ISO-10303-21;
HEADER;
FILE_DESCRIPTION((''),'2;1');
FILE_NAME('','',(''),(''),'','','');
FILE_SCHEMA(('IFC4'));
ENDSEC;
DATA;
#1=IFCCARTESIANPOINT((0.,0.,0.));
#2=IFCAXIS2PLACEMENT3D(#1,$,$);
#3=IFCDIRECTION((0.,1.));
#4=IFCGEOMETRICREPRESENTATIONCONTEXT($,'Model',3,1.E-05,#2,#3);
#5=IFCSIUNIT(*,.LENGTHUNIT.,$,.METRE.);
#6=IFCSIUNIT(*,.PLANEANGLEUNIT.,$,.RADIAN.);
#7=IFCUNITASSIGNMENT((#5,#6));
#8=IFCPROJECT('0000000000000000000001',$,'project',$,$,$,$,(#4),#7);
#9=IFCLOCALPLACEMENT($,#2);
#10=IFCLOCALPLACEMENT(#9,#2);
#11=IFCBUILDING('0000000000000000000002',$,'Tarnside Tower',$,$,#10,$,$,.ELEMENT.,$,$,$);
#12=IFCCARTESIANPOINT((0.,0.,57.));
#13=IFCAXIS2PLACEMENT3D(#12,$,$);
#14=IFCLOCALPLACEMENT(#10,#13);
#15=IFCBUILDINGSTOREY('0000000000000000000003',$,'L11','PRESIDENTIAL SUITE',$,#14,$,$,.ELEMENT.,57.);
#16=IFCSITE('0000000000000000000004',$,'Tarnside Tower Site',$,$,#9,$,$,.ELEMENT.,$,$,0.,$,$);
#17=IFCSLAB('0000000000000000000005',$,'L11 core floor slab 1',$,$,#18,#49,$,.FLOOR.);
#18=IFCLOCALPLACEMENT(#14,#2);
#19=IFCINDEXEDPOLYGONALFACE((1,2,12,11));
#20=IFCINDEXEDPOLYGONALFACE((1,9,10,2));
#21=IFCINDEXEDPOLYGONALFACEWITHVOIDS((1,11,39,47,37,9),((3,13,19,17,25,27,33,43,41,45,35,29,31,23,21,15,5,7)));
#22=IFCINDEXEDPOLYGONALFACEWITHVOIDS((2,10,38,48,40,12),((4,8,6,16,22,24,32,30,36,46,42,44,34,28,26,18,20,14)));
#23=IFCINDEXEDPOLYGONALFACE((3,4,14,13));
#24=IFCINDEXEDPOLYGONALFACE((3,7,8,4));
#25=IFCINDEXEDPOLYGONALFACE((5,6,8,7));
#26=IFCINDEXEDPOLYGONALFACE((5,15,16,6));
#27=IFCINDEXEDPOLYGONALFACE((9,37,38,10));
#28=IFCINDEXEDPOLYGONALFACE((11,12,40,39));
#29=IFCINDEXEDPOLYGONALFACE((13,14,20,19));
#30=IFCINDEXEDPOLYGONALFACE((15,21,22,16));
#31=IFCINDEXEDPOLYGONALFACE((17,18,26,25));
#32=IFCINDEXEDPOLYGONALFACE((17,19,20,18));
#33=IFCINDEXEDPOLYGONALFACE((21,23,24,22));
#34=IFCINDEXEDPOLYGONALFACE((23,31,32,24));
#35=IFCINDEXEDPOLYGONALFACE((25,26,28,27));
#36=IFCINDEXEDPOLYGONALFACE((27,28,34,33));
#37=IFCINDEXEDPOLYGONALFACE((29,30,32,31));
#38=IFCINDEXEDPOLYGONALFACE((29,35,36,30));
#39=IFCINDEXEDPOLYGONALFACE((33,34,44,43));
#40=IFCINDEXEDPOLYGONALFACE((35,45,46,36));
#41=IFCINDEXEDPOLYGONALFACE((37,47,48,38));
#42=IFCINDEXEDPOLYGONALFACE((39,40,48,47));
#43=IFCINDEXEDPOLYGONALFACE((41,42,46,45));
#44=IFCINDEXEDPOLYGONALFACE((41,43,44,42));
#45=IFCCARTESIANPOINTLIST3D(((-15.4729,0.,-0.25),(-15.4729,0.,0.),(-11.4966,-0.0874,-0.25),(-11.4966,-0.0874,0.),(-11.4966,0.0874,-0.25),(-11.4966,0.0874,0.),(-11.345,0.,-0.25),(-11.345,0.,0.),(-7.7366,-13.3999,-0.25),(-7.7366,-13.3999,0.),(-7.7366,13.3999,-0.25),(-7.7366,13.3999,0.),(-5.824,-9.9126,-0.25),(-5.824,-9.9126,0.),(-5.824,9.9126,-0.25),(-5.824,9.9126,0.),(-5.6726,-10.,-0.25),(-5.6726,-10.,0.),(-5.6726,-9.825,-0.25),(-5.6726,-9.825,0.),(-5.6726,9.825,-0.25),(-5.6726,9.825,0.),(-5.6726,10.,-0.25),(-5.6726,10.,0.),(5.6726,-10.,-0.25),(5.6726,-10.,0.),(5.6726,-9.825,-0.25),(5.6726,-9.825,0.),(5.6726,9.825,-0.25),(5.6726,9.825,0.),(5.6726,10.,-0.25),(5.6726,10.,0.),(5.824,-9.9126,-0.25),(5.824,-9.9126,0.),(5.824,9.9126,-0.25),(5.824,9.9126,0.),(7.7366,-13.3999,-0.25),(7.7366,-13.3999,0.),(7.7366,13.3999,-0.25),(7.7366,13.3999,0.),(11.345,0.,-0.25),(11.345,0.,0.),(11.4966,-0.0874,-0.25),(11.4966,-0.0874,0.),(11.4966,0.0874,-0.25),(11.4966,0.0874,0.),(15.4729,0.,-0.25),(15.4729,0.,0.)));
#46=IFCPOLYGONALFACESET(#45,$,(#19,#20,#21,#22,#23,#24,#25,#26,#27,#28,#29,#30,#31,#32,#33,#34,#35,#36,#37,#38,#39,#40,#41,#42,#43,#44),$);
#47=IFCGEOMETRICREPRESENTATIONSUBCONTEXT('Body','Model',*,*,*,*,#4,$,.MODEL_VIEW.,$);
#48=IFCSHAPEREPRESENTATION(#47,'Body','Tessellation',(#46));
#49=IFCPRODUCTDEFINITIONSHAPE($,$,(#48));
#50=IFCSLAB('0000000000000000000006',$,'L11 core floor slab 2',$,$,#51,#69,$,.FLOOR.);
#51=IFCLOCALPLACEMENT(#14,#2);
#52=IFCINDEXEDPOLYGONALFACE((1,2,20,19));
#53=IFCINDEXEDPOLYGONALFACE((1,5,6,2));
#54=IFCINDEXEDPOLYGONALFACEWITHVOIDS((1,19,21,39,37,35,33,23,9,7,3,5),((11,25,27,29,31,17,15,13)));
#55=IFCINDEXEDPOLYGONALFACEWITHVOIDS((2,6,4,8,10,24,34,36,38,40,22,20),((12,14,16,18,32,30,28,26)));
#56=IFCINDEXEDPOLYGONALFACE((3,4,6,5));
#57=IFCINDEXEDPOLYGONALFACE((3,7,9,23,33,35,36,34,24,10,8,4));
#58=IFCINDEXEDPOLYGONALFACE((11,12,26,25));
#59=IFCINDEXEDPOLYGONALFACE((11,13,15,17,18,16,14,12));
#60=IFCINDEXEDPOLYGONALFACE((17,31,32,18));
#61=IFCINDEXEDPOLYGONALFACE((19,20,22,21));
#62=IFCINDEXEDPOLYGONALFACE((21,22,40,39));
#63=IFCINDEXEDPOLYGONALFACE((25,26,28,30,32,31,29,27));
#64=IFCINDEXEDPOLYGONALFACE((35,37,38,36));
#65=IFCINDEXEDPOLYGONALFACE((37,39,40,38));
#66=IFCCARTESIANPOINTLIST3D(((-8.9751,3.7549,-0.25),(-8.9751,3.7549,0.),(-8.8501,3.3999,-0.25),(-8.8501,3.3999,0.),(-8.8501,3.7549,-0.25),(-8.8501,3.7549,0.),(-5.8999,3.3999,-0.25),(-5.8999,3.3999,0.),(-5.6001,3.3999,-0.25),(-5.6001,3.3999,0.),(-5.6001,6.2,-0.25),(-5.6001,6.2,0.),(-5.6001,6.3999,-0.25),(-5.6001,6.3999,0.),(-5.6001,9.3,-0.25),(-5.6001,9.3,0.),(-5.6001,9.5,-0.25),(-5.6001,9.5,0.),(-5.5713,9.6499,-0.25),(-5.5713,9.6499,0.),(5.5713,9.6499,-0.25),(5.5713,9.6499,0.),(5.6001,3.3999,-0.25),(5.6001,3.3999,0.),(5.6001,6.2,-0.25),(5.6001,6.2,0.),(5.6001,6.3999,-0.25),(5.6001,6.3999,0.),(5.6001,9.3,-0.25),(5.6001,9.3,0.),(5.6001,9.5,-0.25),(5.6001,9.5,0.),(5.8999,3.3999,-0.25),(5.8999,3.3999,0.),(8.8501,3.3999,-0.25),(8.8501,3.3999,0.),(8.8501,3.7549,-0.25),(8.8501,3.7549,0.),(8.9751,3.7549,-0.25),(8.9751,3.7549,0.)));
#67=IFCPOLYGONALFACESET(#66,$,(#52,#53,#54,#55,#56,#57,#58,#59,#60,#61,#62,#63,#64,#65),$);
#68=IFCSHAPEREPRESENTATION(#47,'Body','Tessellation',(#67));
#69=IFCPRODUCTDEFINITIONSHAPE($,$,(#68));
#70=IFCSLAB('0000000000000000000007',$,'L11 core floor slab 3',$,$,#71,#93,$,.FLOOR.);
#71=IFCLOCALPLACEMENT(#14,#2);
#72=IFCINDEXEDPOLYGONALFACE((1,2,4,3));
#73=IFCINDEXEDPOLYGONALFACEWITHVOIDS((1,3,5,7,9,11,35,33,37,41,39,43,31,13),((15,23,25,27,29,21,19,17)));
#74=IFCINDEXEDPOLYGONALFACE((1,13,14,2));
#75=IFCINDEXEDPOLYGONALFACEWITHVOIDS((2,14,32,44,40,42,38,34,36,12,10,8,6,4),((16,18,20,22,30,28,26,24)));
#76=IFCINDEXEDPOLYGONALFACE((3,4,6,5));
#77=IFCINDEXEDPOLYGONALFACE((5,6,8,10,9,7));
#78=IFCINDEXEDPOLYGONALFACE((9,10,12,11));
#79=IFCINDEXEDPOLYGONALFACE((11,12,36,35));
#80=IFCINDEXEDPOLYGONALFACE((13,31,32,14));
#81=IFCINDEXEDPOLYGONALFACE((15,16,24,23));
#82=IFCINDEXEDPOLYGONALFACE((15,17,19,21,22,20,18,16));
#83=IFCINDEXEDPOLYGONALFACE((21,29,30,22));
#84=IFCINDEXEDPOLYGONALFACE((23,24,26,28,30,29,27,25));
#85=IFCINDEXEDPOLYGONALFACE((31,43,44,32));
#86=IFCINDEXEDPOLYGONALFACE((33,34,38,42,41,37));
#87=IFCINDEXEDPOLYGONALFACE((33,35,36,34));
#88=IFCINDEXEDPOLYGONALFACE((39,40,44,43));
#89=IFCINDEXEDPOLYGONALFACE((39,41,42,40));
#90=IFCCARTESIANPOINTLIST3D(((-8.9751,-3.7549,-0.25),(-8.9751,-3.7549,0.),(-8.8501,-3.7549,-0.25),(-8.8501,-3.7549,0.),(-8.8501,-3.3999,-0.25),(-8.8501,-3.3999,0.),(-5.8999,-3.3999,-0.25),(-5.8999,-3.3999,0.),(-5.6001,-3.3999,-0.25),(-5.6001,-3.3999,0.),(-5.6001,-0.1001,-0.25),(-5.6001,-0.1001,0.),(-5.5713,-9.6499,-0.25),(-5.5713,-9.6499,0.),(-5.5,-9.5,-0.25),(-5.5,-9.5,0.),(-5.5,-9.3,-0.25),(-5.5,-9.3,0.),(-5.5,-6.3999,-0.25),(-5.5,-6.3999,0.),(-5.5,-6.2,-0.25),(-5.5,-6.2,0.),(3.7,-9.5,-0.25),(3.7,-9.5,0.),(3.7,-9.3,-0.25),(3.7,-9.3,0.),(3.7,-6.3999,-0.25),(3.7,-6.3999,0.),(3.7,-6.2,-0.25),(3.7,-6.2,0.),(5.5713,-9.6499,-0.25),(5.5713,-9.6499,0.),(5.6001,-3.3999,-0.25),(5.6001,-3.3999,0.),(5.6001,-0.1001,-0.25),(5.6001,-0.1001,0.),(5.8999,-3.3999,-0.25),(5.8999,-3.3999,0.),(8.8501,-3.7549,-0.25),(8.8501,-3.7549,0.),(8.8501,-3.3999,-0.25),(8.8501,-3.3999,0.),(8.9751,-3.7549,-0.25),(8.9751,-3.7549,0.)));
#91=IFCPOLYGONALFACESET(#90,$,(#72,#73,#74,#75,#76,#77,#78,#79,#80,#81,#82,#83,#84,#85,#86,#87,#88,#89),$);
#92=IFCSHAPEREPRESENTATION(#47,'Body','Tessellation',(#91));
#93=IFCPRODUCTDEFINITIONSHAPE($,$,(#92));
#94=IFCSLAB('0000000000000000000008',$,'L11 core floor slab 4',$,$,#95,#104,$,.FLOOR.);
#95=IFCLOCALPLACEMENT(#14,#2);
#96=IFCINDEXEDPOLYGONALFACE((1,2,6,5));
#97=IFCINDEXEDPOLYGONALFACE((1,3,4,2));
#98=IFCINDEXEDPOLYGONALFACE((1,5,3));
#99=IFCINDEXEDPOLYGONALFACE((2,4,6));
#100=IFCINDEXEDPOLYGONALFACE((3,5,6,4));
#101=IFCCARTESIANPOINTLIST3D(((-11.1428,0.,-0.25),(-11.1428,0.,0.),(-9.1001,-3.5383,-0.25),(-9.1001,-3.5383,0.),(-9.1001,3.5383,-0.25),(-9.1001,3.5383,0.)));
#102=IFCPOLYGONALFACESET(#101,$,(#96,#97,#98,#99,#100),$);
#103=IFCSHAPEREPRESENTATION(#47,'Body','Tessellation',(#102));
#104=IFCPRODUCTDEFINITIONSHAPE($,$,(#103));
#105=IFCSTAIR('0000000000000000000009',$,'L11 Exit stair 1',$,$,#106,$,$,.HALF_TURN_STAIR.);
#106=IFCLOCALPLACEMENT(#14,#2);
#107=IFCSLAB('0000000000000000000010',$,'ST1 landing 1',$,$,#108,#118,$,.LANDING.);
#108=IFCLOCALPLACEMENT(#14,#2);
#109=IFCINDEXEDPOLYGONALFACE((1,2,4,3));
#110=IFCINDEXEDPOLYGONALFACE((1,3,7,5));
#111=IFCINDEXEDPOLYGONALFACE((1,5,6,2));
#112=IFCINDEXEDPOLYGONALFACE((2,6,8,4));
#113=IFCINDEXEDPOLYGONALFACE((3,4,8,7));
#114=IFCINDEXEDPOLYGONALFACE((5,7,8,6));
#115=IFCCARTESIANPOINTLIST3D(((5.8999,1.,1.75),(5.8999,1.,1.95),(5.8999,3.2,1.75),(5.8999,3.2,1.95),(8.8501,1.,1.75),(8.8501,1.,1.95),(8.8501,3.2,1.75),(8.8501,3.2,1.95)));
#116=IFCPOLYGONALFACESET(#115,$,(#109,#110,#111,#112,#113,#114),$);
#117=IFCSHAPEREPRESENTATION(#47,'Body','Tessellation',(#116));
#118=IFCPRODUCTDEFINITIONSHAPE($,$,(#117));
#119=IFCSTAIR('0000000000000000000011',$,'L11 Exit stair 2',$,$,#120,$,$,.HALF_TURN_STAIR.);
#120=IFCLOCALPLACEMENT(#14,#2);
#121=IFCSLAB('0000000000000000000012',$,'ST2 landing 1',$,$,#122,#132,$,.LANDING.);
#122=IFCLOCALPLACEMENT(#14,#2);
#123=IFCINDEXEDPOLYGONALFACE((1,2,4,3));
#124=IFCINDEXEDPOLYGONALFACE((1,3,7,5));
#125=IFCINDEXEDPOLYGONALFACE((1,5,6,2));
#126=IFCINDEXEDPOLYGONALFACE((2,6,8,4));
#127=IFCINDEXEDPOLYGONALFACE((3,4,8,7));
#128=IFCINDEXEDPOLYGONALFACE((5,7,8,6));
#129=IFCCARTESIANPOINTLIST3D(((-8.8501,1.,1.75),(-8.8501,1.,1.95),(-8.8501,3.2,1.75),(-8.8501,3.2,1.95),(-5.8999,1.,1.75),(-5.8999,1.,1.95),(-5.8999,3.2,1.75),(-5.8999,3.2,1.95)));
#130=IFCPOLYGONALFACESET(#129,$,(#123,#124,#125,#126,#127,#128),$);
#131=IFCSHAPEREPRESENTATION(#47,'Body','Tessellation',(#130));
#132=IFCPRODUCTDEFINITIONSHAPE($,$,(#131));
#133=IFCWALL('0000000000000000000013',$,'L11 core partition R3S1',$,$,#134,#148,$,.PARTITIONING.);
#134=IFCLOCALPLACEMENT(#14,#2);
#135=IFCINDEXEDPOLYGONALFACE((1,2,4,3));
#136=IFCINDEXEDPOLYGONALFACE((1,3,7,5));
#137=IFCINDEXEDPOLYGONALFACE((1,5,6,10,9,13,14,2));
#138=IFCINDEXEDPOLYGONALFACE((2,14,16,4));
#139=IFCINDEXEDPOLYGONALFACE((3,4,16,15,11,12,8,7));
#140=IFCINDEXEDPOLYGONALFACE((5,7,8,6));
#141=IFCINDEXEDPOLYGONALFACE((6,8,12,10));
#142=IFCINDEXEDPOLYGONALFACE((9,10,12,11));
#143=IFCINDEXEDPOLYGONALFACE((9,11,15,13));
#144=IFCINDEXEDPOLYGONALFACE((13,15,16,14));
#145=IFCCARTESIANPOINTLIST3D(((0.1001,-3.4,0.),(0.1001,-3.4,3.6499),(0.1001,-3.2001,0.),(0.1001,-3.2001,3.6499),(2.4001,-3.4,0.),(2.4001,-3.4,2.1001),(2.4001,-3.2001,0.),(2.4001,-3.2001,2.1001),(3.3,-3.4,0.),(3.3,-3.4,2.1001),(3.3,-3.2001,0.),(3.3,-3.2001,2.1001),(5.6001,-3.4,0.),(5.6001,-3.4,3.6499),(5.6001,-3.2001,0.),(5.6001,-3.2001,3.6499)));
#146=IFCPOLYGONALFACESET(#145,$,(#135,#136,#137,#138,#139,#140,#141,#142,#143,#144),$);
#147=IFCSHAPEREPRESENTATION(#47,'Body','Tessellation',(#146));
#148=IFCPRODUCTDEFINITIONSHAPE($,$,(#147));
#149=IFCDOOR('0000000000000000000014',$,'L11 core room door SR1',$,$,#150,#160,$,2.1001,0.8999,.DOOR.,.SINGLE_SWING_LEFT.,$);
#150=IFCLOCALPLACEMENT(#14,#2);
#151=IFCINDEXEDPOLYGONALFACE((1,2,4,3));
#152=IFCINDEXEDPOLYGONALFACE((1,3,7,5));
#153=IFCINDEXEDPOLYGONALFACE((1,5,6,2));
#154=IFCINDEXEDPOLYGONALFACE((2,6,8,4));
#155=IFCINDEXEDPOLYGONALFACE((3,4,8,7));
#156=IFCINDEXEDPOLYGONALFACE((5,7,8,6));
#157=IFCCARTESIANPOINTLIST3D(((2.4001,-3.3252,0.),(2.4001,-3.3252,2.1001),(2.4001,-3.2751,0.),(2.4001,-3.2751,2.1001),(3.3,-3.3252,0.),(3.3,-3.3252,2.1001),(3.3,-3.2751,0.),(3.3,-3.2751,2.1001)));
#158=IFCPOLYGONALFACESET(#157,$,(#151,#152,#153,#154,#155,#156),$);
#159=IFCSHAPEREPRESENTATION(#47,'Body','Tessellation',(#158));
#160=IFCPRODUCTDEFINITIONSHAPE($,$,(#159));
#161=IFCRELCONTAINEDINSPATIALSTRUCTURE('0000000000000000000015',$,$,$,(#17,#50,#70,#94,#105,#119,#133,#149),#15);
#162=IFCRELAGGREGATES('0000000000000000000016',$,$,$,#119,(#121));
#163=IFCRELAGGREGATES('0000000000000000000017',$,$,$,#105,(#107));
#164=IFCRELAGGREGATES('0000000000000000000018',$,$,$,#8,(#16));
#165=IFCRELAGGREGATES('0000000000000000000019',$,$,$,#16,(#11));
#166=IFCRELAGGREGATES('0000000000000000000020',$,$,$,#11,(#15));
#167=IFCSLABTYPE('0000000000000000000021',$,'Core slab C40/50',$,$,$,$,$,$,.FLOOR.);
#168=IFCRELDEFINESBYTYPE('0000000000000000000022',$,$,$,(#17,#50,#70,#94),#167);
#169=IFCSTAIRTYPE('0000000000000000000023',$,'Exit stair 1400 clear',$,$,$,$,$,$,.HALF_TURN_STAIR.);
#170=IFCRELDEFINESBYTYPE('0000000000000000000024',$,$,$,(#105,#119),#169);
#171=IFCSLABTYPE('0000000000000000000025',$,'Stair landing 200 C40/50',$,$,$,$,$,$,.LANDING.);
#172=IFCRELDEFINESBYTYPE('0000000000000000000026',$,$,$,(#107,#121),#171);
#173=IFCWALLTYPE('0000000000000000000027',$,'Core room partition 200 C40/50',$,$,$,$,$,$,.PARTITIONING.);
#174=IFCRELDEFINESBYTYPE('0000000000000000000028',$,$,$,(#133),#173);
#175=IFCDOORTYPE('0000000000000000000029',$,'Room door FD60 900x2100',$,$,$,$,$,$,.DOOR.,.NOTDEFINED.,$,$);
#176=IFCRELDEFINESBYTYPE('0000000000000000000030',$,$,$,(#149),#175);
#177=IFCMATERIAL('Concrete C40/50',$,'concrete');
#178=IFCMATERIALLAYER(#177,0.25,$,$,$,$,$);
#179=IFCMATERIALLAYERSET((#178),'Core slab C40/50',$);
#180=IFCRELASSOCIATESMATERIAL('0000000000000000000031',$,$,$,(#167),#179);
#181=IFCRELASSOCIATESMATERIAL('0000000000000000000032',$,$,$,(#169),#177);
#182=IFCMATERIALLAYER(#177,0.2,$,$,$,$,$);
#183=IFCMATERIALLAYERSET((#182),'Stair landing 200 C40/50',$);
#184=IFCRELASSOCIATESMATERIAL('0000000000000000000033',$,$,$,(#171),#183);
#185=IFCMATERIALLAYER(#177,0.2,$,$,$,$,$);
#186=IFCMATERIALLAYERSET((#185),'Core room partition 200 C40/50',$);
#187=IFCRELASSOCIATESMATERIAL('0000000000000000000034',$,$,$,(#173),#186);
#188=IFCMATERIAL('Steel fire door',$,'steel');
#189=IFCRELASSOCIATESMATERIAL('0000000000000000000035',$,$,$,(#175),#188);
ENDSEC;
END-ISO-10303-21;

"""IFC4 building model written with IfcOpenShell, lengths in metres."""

from ifc_helpers import new_model, si_unit, direction, frame, frame_2d, origin, place, context, subcontext, project, spatial, polyline, rectangle, outline, extrude, material, layer, layer_set, type_object, element, fill, aggregate, save


model = new_model("IFC4")

# Units and contexts
model_context = context("Model", 3, precision=1e-05, world=origin(), true_north=direction((0.0, 1.0)))
body_context = subcontext(model_context, "Body", "Model", "MODEL_VIEW")
ifc_project = project(units=[si_unit("LENGTHUNIT", "METRE"), si_unit("PLANEANGLEUNIT", "RADIAN")], contexts=[model_context])

# Site, building, storey
site_placement = place(None, origin())
site = spatial("IfcSite", under=ifc_project, at=site_placement, Name="Tarnside Tower Site", CompositionType="ELEMENT", RefElevation=0.0)
building_placement = place(site_placement, origin())
building = spatial("IfcBuilding", under=site, at=building_placement, Name="Tarnside Tower", CompositionType="ELEMENT")
storey_placement = place(building_placement, frame((0.0, 0.0, 57.0)))
storey = spatial("IfcBuildingStorey", under=building, at=storey_placement, Name="L11", Description="PRESIDENTIAL SUITE", CompositionType="ELEMENT", Elevation=57.0)

# Slabs
ifc_material_1 = material(Name="Concrete C40/50", Category="concrete")
ifc_layer_1 = layer(ifc_material_1, 0.25)
ifc_layer_set_1 = layer_set([ifc_layer_1], Name="Core slab C40/50")
slab_type_1 = type_object("IfcSlabType", Name="Core slab C40/50", PredefinedType="FLOOR", material=ifc_layer_set_1)
slab_1_placement = place(storey_placement, frame((0.0, 0.0, -0.25)))
element("IfcSlab", 1, at=slab_1_placement, inside=storey, type_object=slab_type_1, Name="L11 core floor slab 1", PredefinedType="FLOOR", context=body_context, shape_type="SweptSolid", body=[
    extrude(outline(polyline([(-15.4729, 0.0), (-7.7366, 13.3999), (7.7366, 13.3999), (15.4729, 0.0), (7.7366, -13.3999), (-7.7366, -13.3999), (-15.4729, 0.0)]), holes=[polyline([(5.824, -9.9126), (11.4966, -0.0874), (11.345, 0.0), (11.4966, 0.0874), (5.824, 9.9126), (5.6726, 9.825), (5.6726, 10.0), (-5.6726, 10.0), (-5.6726, 9.825), (-5.824, 9.9126), (-11.4966, 0.0874), (-11.345, 0.0), (-11.4966, -0.0874), (-5.824, -9.9126), (-5.6726, -9.825), (-5.6726, -10.0), (5.6726, -10.0), (5.6726, -9.825), (5.824, -9.9126)])]), origin(), (0.0, 0.0, 1.0), 0.25),
])
slab_2_placement = place(storey_placement, frame((0.0, 0.0, -0.25)))
element("IfcSlab", 2, at=slab_2_placement, inside=storey, type_object=slab_type_1, Name="L11 core floor slab 2", PredefinedType="FLOOR", context=body_context, shape_type="SweptSolid", body=[
    extrude(outline(polyline([(-8.9751, 3.7549), (-5.5713, 9.6499), (5.5713, 9.6499), (8.9751, 3.7549), (8.8501, 3.7549), (8.8501, 3.3999), (5.8999, 3.3999), (5.6001, 3.3999), (5.6001, 3.3999), (-5.6001, 3.3999), (-5.8999, 3.3999), (-8.8501, 3.3999), (-8.8501, 3.7549), (-8.9751, 3.7549)]), holes=[polyline([(-5.6001, 6.2), (5.6001, 6.2), (5.6001, 6.3999), (5.6001, 9.3), (5.6001, 9.5), (-5.6001, 9.5), (-5.6001, 9.3), (-5.6001, 6.3999), (-5.6001, 6.2)])]), origin(), (0.0, 0.0, 1.0), 0.25),
])
slab_3_placement = place(storey_placement, frame((0.0, 0.0, -0.25)))
element("IfcSlab", 3, at=slab_3_placement, inside=storey, type_object=slab_type_1, Name="L11 core floor slab 3", PredefinedType="FLOOR", context=body_context, shape_type="SweptSolid", body=[
    extrude(outline(polyline([(5.6001, -3.3999), (5.8999, -3.3999), (8.8501, -3.3999), (8.8501, -3.7549), (8.9751, -3.7549), (5.5713, -9.6499), (-5.5713, -9.6499), (-8.9751, -3.7549), (-8.8501, -3.7549), (-8.8501, -3.3999), (-5.8999, -3.3999), (-5.6001, -3.3999), (-5.6001, -0.1001), (5.6001, -0.1001), (5.6001, -3.3999)]), holes=[polyline([(-5.5, -9.3), (-5.5, -9.5), (3.7, -9.5), (3.7, -9.3), (3.7, -6.3999), (3.7, -6.2), (-5.5, -6.2), (-5.5, -6.3999), (-5.5, -9.3)])]), origin(), (0.0, 0.0, 1.0), 0.25),
])
slab_4_placement = place(storey_placement, frame((0.0, 0.0, -0.25)))
element("IfcSlab", 4, at=slab_4_placement, inside=storey, type_object=slab_type_1, Name="L11 core floor slab 4", PredefinedType="FLOOR", context=body_context, shape_type="SweptSolid", body=[
    extrude(outline(polyline([(-11.1428, 0.0), (-9.1001, 3.5383), (-9.1001, -3.5383), (-11.1428, 0.0)])), origin(), (0.0, 0.0, 1.0), 0.25),
])

# Stairs, slabs
stair_type = type_object("IfcStairType", Name="Exit stair 1400 clear", PredefinedType="HALF_TURN_STAIR", material=ifc_material_1)
stair_1_placement = place(storey_placement, origin())
stair_1 = element("IfcStair", 5, at=stair_1_placement, inside=storey, type_object=stair_type, Name="L11 Exit stair 1", PredefinedType="HALF_TURN_STAIR")
ifc_layer_2 = layer(ifc_material_1, 0.2)
ifc_layer_set_2 = layer_set([ifc_layer_2], Name="Stair landing 200 C40/50")
slab_type_2 = type_object("IfcSlabType", Name="Stair landing 200 C40/50", PredefinedType="LANDING", material=ifc_layer_set_2)
slab_5_placement = place(storey_placement, frame((0.0, 0.0, 1.75)))
slab_5 = element("IfcSlab", 6, at=slab_5_placement, type_object=slab_type_2, Name="ST1 landing 1", PredefinedType="LANDING", context=body_context, shape_type="SweptSolid", body=[
    extrude(outline(polyline([(8.8501, 1.0), (8.8501, 3.2), (5.8999, 3.2), (5.8999, 1.0), (8.8501, 1.0)])), origin(), (0.0, 0.0, 1.0), 0.2),
])
stair_2_placement = place(storey_placement, origin())
stair_2 = element("IfcStair", 7, at=stair_2_placement, inside=storey, type_object=stair_type, Name="L11 Exit stair 2", PredefinedType="HALF_TURN_STAIR")
slab_6_placement = place(storey_placement, frame((0.0, 0.0, 1.75)))
slab_6 = element("IfcSlab", 8, at=slab_6_placement, type_object=slab_type_2, Name="ST2 landing 1", PredefinedType="LANDING", context=body_context, shape_type="SweptSolid", body=[
    extrude(outline(polyline([(-5.8999, 1.0), (-5.8999, 3.2), (-8.8501, 3.2), (-8.8501, 1.0), (-5.8999, 1.0)])), origin(), (0.0, 0.0, 1.0), 0.2),
])
aggregate(stair_2, [slab_6])

# Wall, opening, door
ifc_layer_3 = layer(ifc_material_1, 0.2)
ifc_layer_set_3 = layer_set([ifc_layer_3], Name="Core room partition 200 C40/50")
wall_type_1 = type_object("IfcWallType", Name="Core room partition 200 C40/50", PredefinedType="PARTITIONING", material=ifc_layer_set_3)
wall_1_placement = place(storey_placement, frame((0.1001, -3.3, 0.0), z_axis=(0.0, 0.0, 1.0), x_axis=(1.0, 0.0, 0.0)))
wall_1 = element("IfcWall", 9, at=wall_1_placement, inside=storey, type_object=wall_type_1, Name="L11 core partition R3S1", PredefinedType="PARTITIONING", context=body_context, shape_type="SweptSolid", body=[
    extrude(rectangle(XDim=5.5, YDim=0.2, at=frame_2d((2.75, 0.0))), origin(), (0.0, 0.0, 1.0), 3.6499),
])
opening_1_placement = place(wall_1_placement, frame((2.3, 0.0, 0.0)))
opening_1 = element("IfcOpeningElement", 10, at=opening_1_placement, cuts=wall_1, PredefinedType="OPENING", context=body_context, shape_type="SweptSolid", body=[
    extrude(rectangle(XDim=0.8999, YDim=2.1001, at=frame_2d((0.45, 1.05))), frame((0.0, 0.1099, 0.0), z_axis=(0.0, -1.0, 0.0), x_axis=(1.0, 0.0, 0.0)), (0.0, 0.0, 1.0), 0.22),
])
ifc_material_2 = material(Name="Steel fire door", Category="steel")
door_type_1 = type_object("IfcDoorType", Name="Room door FD60 900x2100", OperationType="NOTDEFINED", PredefinedType="DOOR", material=ifc_material_2)
door_1_placement = place(opening_1_placement, origin())
door_1 = element("IfcDoor", 11, at=door_1_placement, inside=storey, type_object=door_type_1, Name="L11 core room door SR1", OperationType="SINGLE_SWING_LEFT", OverallHeight=2.1001, OverallWidth=0.8999, PredefinedType="DOOR", context=body_context, shape_type="SweptSolid", body=[
    extrude(rectangle(XDim=0.8999, YDim=2.1001, at=frame_2d((0.45, 1.05))), frame((0.0, 0.0249, 0.0), z_axis=(0.0, -1.0, 0.0), x_axis=(1.0, 0.0, 0.0)), (0.0, 0.0, 1.0), 0.05),
])
fill(opening_1, door_1)

aggregate(stair_1, [slab_5])

save(model, "model.ifc")
